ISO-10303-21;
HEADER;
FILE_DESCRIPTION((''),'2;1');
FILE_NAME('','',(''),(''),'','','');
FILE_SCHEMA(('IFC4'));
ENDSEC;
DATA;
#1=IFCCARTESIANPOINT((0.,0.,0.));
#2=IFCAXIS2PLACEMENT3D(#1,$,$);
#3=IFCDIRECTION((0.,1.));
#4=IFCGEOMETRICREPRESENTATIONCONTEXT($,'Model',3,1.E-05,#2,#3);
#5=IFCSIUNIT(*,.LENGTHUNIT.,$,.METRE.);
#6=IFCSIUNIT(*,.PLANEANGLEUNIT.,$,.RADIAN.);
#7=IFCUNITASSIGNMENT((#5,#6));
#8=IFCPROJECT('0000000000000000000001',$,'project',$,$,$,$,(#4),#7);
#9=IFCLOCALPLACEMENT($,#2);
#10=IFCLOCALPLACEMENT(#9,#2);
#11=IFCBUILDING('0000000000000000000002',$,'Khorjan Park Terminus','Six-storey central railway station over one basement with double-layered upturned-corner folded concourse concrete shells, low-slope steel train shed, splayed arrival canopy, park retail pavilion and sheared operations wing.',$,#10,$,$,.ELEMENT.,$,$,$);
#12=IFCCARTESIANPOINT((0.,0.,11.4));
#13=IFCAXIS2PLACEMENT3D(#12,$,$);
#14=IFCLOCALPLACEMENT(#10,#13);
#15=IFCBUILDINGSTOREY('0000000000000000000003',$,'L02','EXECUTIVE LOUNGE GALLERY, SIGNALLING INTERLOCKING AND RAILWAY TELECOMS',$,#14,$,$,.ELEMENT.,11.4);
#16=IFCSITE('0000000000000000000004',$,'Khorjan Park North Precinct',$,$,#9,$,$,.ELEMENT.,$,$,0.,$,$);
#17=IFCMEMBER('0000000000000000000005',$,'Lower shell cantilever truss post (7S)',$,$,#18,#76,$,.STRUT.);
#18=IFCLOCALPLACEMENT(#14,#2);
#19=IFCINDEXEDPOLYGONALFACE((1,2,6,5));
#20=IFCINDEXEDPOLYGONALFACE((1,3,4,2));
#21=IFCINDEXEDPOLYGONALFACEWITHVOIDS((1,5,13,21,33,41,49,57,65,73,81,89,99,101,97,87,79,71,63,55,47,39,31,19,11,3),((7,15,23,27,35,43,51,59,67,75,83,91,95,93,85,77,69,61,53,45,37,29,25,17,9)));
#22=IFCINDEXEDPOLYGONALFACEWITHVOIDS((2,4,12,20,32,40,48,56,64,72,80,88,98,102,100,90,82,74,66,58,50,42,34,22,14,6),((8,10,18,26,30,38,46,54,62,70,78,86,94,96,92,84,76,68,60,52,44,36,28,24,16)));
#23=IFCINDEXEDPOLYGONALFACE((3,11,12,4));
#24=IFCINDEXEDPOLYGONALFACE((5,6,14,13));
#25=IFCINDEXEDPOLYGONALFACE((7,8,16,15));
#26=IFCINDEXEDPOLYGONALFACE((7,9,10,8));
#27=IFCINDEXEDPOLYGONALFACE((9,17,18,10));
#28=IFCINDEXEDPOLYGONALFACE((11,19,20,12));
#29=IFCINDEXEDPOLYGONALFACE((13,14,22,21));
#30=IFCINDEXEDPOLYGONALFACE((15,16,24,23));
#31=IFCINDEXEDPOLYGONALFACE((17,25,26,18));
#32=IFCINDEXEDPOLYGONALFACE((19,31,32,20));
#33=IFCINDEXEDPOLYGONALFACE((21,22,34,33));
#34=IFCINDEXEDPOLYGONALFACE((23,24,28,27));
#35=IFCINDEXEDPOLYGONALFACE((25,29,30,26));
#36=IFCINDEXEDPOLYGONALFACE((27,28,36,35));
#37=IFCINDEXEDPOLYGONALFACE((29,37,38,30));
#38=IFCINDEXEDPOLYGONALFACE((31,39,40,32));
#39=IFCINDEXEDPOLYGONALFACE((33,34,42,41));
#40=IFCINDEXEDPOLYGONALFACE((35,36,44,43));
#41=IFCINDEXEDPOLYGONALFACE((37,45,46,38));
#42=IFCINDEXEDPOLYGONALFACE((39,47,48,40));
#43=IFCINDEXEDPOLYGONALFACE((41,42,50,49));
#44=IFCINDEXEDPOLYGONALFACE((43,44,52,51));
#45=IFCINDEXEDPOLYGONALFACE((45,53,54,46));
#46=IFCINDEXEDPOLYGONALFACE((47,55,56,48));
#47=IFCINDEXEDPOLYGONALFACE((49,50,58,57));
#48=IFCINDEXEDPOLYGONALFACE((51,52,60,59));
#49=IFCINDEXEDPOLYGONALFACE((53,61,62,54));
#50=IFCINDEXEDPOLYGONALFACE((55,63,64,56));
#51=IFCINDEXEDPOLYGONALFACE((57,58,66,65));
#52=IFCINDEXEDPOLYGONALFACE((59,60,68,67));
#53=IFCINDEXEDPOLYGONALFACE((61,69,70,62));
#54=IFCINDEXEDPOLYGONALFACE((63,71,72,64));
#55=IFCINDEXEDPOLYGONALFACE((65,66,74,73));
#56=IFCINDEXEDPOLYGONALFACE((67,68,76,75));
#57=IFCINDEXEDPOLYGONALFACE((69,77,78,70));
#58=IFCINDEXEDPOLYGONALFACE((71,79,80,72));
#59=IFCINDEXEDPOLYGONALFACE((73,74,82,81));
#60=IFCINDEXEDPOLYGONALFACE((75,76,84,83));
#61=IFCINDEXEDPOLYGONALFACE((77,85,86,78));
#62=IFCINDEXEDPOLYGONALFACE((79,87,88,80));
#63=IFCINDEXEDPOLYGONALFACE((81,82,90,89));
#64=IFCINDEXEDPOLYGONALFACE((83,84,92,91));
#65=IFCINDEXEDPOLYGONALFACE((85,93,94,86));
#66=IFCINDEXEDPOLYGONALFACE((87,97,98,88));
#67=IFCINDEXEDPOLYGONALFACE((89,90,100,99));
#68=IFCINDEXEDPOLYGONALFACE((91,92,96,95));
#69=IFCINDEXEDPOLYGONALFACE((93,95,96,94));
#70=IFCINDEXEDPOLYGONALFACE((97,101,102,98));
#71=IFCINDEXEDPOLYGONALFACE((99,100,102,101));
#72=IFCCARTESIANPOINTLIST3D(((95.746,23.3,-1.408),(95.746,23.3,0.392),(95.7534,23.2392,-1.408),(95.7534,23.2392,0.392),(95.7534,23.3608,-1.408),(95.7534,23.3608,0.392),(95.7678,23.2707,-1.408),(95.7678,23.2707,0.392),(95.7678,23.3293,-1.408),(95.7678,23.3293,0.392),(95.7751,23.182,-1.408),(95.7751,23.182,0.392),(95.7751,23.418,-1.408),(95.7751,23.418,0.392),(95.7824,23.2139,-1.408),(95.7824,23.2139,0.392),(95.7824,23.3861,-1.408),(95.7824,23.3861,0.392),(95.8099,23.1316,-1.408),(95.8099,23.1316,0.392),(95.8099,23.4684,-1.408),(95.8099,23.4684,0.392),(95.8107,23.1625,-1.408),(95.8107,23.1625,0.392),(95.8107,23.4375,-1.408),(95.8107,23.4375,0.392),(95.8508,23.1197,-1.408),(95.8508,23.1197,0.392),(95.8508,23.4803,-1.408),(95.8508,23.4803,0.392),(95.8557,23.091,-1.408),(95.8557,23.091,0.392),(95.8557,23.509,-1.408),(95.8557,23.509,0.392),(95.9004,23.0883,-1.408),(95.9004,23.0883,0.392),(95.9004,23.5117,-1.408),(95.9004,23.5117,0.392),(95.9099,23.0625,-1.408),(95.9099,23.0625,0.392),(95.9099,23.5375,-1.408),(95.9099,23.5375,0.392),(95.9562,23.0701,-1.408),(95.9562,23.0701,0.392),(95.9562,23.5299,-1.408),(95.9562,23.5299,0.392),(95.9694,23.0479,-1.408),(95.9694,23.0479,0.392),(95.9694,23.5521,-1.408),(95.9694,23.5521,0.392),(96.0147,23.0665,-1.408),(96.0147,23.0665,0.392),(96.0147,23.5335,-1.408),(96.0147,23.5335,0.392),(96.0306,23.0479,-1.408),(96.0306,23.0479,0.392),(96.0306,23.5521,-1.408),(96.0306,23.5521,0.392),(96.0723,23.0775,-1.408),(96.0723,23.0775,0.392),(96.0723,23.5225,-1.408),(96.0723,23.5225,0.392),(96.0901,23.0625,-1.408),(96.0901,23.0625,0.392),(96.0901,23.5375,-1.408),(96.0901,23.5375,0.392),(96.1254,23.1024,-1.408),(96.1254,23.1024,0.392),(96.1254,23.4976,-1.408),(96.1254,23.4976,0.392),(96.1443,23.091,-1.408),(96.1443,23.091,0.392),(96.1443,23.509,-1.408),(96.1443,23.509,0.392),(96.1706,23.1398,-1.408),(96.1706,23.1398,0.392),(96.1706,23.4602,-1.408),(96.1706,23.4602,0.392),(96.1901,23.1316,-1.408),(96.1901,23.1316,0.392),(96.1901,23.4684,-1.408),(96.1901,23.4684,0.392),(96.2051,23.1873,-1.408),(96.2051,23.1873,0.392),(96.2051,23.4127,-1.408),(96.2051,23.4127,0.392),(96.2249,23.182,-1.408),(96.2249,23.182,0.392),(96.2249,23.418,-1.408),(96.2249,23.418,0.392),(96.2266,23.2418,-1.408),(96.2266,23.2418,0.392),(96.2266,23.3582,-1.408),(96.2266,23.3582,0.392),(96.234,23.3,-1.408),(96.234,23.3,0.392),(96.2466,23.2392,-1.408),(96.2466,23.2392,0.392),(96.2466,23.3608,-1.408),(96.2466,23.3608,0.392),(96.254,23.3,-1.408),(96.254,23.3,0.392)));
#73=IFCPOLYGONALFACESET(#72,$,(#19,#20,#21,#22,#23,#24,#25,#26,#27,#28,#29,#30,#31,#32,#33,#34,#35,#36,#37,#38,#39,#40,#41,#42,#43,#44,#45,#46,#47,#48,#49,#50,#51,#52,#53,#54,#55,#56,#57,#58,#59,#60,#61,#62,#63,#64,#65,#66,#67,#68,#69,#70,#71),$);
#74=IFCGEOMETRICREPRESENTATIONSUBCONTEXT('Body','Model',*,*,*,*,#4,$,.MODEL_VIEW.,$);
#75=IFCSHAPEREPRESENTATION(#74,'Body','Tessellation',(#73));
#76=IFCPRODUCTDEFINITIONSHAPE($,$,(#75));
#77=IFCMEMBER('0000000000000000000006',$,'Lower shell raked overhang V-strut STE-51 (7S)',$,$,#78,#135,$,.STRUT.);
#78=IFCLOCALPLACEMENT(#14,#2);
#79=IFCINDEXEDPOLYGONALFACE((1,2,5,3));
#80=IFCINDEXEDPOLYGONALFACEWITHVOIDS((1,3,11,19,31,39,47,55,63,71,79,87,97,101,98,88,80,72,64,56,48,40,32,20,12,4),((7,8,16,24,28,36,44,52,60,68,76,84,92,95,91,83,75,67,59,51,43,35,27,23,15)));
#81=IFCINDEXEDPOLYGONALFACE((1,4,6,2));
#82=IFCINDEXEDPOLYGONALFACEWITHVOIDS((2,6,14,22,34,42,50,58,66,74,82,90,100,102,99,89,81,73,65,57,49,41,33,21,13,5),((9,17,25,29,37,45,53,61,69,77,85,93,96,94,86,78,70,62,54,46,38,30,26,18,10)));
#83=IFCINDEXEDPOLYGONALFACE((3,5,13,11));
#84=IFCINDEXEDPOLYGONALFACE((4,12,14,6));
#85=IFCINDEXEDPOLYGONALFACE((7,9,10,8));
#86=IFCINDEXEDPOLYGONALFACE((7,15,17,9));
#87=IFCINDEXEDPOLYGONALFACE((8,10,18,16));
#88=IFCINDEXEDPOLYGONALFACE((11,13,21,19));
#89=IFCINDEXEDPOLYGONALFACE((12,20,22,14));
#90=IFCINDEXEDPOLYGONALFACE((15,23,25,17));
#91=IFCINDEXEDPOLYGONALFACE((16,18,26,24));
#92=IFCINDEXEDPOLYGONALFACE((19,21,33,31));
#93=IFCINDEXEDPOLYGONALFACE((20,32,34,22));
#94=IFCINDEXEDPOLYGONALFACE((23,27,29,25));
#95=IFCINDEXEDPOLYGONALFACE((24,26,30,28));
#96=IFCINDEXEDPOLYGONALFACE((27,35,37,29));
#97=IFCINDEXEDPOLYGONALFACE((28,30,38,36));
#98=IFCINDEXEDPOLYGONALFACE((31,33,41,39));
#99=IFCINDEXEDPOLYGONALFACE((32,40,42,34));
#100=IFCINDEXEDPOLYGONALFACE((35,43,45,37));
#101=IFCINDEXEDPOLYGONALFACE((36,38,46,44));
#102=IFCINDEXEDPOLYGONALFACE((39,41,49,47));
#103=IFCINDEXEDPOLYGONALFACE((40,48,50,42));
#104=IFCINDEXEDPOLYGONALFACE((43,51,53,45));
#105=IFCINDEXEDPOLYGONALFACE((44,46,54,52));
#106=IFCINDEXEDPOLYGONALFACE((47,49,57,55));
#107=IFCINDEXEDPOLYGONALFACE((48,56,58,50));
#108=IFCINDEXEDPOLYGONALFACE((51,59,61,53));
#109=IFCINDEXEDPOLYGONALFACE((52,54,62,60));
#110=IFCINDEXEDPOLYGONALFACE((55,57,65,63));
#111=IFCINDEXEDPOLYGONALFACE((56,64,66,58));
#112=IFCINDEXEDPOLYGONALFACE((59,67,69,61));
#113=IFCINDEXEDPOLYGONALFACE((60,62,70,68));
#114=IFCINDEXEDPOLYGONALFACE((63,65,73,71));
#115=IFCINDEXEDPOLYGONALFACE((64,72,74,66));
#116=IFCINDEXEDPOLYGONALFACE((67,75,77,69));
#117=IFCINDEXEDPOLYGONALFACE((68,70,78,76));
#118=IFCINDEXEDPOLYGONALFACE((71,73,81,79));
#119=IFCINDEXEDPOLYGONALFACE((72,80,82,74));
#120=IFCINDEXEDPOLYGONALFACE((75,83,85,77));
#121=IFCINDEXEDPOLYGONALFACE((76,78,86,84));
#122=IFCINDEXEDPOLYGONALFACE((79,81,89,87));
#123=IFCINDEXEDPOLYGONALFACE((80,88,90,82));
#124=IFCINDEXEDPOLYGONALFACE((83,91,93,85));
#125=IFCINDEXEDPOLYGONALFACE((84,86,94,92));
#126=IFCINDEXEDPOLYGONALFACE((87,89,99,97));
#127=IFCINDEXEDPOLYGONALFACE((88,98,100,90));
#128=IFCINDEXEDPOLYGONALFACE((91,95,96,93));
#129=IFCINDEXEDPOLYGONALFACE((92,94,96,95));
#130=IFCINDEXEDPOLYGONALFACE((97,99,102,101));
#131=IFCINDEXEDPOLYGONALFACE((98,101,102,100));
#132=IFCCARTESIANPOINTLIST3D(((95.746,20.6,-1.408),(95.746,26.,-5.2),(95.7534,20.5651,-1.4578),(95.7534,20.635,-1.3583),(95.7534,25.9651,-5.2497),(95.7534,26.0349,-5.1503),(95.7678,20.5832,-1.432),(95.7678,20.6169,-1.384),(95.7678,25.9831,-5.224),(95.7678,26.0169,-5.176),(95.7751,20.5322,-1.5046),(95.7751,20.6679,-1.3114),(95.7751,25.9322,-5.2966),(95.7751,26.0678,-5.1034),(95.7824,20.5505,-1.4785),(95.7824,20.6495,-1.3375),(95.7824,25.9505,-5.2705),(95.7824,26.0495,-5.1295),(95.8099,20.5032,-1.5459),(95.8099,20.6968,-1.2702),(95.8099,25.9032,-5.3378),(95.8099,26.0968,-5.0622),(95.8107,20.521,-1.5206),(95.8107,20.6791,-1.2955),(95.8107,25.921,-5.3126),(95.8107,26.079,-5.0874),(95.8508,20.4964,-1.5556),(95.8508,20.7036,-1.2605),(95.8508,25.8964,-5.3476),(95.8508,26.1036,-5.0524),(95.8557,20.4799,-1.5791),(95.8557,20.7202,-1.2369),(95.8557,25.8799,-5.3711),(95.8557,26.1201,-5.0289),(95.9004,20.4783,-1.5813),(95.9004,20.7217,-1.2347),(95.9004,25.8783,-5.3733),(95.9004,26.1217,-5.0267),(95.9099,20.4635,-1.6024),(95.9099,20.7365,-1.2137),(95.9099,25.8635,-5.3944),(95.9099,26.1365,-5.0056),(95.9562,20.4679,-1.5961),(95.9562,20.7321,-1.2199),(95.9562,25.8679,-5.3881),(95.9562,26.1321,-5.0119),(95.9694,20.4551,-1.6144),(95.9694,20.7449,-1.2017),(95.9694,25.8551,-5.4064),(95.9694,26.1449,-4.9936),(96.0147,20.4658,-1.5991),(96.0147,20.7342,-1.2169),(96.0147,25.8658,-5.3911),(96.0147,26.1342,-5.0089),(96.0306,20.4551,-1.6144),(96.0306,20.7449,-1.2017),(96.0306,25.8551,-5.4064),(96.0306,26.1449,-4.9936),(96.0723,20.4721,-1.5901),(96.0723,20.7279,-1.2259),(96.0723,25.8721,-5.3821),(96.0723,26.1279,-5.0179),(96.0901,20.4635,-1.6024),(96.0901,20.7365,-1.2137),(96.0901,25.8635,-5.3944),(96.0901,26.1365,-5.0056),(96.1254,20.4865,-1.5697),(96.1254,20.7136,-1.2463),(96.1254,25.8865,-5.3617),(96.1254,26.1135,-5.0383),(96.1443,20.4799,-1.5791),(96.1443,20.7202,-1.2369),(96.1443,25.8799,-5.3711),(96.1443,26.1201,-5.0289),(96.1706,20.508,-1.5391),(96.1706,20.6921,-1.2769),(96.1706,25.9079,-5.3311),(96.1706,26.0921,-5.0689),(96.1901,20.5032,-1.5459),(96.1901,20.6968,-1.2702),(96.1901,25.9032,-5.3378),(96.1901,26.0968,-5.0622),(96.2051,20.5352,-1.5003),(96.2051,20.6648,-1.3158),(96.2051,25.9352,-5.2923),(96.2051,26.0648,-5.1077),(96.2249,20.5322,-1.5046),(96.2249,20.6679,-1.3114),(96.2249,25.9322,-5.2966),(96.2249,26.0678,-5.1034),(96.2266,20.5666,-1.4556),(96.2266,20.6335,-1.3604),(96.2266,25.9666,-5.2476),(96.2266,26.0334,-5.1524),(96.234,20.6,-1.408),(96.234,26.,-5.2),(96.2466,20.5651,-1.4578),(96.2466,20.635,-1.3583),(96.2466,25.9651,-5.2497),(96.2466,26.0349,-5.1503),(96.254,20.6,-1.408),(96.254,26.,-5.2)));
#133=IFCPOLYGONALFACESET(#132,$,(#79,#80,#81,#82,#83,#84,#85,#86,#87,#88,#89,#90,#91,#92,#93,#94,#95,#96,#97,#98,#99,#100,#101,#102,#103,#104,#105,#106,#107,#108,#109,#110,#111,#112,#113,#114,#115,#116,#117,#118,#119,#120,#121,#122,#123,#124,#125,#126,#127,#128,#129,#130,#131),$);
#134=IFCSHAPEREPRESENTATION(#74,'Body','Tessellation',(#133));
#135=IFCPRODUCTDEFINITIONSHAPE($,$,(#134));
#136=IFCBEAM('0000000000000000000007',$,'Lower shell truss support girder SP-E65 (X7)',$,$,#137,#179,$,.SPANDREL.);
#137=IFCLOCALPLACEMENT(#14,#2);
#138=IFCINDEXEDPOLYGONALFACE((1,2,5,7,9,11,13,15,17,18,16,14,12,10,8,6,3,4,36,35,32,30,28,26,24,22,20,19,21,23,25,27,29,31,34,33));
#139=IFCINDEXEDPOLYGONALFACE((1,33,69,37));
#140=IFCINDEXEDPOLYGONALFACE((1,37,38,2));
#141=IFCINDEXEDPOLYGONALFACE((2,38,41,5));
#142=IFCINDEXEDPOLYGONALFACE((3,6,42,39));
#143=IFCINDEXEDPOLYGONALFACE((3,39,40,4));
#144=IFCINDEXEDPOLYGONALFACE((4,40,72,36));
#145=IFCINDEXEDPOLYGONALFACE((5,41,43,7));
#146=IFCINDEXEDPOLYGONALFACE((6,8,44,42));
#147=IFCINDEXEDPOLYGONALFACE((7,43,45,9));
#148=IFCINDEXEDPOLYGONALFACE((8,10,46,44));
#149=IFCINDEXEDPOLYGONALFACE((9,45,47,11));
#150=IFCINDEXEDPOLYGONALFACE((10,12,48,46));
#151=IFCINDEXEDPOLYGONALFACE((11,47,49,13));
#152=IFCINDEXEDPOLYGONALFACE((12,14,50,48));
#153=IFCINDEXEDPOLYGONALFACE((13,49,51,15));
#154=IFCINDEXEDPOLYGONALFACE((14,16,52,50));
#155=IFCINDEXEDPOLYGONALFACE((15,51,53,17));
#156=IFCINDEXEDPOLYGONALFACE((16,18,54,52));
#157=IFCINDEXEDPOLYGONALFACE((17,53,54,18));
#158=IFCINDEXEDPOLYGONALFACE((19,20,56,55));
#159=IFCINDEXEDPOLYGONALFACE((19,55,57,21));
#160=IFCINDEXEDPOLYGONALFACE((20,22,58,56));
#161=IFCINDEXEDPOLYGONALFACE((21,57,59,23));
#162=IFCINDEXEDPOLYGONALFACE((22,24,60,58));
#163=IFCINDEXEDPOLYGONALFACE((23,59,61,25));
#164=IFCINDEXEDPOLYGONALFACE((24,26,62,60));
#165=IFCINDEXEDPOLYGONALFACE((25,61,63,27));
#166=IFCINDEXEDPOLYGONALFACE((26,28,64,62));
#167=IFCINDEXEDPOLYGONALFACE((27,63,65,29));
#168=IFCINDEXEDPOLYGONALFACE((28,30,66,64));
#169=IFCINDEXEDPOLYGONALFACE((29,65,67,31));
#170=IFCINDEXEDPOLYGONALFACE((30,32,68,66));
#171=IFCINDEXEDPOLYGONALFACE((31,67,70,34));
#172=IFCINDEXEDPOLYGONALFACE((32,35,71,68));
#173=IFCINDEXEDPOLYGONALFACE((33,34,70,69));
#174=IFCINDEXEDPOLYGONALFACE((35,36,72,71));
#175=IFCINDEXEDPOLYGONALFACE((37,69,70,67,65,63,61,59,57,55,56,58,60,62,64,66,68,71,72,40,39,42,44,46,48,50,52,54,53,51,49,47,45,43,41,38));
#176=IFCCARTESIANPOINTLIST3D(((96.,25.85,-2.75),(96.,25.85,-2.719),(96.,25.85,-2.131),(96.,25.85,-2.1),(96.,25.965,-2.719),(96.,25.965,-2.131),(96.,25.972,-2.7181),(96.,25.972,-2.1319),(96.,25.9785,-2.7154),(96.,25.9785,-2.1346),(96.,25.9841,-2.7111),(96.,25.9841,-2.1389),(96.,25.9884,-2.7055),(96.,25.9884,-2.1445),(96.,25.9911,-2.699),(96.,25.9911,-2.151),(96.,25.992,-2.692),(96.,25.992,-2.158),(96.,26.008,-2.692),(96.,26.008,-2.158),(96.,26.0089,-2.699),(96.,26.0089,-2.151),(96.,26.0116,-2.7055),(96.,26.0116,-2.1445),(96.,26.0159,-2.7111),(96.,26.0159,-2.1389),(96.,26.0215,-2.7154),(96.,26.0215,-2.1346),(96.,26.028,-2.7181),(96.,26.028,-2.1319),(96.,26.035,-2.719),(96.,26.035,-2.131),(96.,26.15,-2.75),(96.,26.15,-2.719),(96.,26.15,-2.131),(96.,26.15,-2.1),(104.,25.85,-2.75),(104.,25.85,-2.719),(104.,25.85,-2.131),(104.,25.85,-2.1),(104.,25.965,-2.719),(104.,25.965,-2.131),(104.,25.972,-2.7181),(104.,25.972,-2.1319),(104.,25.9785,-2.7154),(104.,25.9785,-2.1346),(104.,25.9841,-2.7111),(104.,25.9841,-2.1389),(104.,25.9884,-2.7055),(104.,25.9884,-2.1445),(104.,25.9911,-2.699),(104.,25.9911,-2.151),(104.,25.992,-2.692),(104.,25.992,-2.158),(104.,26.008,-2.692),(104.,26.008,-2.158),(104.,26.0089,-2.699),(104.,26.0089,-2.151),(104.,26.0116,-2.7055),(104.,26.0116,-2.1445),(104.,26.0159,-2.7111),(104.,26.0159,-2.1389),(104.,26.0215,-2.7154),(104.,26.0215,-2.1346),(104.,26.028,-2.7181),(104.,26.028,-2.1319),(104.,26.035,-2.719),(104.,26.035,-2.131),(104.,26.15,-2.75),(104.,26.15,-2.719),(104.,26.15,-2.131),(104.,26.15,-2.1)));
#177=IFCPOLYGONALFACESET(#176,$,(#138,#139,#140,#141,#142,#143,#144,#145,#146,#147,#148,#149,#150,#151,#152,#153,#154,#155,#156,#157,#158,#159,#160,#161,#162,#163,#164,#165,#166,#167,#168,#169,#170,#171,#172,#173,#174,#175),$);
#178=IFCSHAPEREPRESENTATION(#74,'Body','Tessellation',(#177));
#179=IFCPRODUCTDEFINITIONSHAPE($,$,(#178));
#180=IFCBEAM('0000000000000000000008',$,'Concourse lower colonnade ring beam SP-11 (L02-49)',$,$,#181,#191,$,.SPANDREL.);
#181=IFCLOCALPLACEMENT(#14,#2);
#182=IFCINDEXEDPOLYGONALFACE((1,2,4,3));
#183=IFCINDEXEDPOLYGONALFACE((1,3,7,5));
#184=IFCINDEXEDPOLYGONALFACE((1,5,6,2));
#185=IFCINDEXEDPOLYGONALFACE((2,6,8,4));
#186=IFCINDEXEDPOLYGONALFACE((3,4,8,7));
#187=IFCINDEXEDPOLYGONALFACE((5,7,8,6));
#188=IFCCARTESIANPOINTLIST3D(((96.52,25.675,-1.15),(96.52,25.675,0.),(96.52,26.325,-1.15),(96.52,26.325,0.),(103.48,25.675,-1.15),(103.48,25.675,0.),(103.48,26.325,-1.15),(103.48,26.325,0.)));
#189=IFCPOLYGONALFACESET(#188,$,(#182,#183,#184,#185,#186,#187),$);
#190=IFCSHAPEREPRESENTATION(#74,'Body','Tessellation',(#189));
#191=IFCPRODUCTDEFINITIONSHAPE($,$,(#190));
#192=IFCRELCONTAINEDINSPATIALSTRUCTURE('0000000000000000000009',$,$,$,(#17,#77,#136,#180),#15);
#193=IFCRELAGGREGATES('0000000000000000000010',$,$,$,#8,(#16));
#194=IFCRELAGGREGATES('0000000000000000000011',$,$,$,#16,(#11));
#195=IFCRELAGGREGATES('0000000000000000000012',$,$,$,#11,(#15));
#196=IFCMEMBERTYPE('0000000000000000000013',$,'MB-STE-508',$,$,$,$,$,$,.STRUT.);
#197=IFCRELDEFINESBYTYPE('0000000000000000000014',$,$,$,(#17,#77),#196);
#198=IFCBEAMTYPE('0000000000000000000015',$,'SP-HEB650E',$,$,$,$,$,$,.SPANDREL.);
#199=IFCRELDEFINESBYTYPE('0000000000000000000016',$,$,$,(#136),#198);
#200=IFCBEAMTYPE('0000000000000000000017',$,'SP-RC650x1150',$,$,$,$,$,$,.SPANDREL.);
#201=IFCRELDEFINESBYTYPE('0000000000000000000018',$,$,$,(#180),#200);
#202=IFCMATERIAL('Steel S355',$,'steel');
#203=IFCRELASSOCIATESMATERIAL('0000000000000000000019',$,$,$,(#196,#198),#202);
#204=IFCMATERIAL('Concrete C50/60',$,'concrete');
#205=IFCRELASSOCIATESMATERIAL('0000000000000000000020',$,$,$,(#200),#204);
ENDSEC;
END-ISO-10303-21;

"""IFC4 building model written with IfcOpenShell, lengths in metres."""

from ifc_helpers import new_model, si_unit, direction, frame, origin, origin_2d, place, context, subcontext, project, spatial, rectangle, hollow_circle, i_section, extrude, material, material_profile, profile_set, type_object, element, save


model = new_model("IFC4")

# Units and contexts
model_context = context("Model", 3, precision=1e-05, world=origin(), true_north=direction((0.0, 1.0)))
body_context = subcontext(model_context, "Body", "Model", "MODEL_VIEW")
ifc_project = project(units=[si_unit("LENGTHUNIT", "METRE"), si_unit("PLANEANGLEUNIT", "RADIAN")], contexts=[model_context])

# Site, building, storey
site_placement = place(None, origin())
site = spatial("IfcSite", under=ifc_project, at=site_placement, Name="Khorjan Park North Precinct", CompositionType="ELEMENT", RefElevation=0.0)
building_placement = place(site_placement, origin())
building = spatial("IfcBuilding", under=site, at=building_placement, Name="Khorjan Park Terminus", Description="Six-storey central railway station over one basement with double-layered upturned-corner folded concourse concrete shells, low-slope steel train shed, splayed arrival canopy, park retail pavilion and sheared operations wing.", CompositionType="ELEMENT")
storey_placement = place(building_placement, frame((0.0, 0.0, 11.4)))
storey = spatial("IfcBuildingStorey", under=building, at=storey_placement, Name="L02", Description="EXECUTIVE LOUNGE GALLERY, SIGNALLING INTERLOCKING AND RAILWAY TELECOMS", CompositionType="ELEMENT", Elevation=11.4)

# Shared definitions
ifc_material_1 = material(Name="Concrete C50/60", Category="concrete")

# Shared definitions
ifc_material_2 = material(Name="Steel S355", Category="steel")

# Members
ifc_material_profile_1 = material_profile(ifc_material_2, hollow_circle(Radius=0.254, WallThickness=0.02, at=origin_2d()), Name="CHS 508x20")
ifc_profile_set_1 = profile_set([ifc_material_profile_1], Name="Steel S355")
member_type_1 = type_object("IfcMemberType", Name="MB-STE-508", PredefinedType="STRUT", material=ifc_profile_set_1)
member_1_placement = place(storey_placement, frame((96.0, 23.3, -1.408), z_axis=(0.0, 0.0, 1.0), x_axis=(1.0, 0.0, 0.0)))
element("IfcMember", 1, at=member_1_placement, inside=storey, type_object=member_type_1, Name="Lower shell cantilever truss post (7S)", PredefinedType="STRUT", context=body_context, shape_type="SweptSolid", body=[
    extrude(hollow_circle(Radius=0.254, WallThickness=0.02, at=origin_2d()), origin(), (0.0, 0.0, 1.0), 1.8),
])
member_2_placement = place(storey_placement, frame((96.0, 26.0, -5.2), z_axis=(0.0, -0.818377, 0.574682), x_axis=(1.0, 0.0, 0.0)))
element("IfcMember", 2, at=member_2_placement, inside=storey, type_object=member_type_1, Name="Lower shell raked overhang V-strut STE-51 (7S)", PredefinedType="STRUT", context=body_context, shape_type="SweptSolid", body=[
    extrude(hollow_circle(Radius=0.254, WallThickness=0.02, at=origin_2d()), origin(), (0.0, 0.0, 1.0), 6.5984),
])

# Beams
ifc_material_profile_2 = material_profile(ifc_material_2, i_section(OverallWidth=0.3, OverallDepth=0.65, WebThickness=0.016, FlangeThickness=0.031, FilletRadius=0.027, at=origin_2d()), Name="HEB 650")
ifc_profile_set_2 = profile_set([ifc_material_profile_2], Name="Steel S355")
beam_type_1 = type_object("IfcBeamType", Name="SP-HEB650E", PredefinedType="SPANDREL", material=ifc_profile_set_2)
beam_1_placement = place(storey_placement, frame((96.0, 26.0, -2.425), z_axis=(1.0, 0.0, 0.0), x_axis=(0.0, 1.0, 0.0)))
element("IfcBeam", 3, at=beam_1_placement, inside=storey, type_object=beam_type_1, Name="Lower shell truss support girder SP-E65 (X7)", PredefinedType="SPANDREL", context=body_context, shape_type="SweptSolid", body=[
    extrude(i_section(OverallWidth=0.3, OverallDepth=0.65, WebThickness=0.016, FlangeThickness=0.031, FilletRadius=0.027, at=origin_2d()), origin(), (0.0, 0.0, 1.0), 8.0),
])
ifc_material_profile_3 = material_profile(ifc_material_1, rectangle(XDim=0.65, YDim=1.15, at=origin_2d()), Name="RC 650x1150")
ifc_profile_set_3 = profile_set([ifc_material_profile_3], Name="Concrete C50/60")
beam_type_2 = type_object("IfcBeamType", Name="SP-RC650x1150", PredefinedType="SPANDREL", material=ifc_profile_set_3)
beam_2_placement = place(storey_placement, frame((96.52, 26.0, -0.575), z_axis=(1.0, 0.0, 0.0), x_axis=(0.0, 1.0, 0.0)))
element("IfcBeam", 4, at=beam_2_placement, inside=storey, type_object=beam_type_2, Name="Concourse lower colonnade ring beam SP-11 (L02-49)", PredefinedType="SPANDREL", context=body_context, shape_type="SweptSolid", body=[
    extrude(rectangle(XDim=0.65, YDim=1.15, at=origin_2d()), origin(), (0.0, 0.0, 1.0), 6.96),
])

save(model, "model.ifc")
